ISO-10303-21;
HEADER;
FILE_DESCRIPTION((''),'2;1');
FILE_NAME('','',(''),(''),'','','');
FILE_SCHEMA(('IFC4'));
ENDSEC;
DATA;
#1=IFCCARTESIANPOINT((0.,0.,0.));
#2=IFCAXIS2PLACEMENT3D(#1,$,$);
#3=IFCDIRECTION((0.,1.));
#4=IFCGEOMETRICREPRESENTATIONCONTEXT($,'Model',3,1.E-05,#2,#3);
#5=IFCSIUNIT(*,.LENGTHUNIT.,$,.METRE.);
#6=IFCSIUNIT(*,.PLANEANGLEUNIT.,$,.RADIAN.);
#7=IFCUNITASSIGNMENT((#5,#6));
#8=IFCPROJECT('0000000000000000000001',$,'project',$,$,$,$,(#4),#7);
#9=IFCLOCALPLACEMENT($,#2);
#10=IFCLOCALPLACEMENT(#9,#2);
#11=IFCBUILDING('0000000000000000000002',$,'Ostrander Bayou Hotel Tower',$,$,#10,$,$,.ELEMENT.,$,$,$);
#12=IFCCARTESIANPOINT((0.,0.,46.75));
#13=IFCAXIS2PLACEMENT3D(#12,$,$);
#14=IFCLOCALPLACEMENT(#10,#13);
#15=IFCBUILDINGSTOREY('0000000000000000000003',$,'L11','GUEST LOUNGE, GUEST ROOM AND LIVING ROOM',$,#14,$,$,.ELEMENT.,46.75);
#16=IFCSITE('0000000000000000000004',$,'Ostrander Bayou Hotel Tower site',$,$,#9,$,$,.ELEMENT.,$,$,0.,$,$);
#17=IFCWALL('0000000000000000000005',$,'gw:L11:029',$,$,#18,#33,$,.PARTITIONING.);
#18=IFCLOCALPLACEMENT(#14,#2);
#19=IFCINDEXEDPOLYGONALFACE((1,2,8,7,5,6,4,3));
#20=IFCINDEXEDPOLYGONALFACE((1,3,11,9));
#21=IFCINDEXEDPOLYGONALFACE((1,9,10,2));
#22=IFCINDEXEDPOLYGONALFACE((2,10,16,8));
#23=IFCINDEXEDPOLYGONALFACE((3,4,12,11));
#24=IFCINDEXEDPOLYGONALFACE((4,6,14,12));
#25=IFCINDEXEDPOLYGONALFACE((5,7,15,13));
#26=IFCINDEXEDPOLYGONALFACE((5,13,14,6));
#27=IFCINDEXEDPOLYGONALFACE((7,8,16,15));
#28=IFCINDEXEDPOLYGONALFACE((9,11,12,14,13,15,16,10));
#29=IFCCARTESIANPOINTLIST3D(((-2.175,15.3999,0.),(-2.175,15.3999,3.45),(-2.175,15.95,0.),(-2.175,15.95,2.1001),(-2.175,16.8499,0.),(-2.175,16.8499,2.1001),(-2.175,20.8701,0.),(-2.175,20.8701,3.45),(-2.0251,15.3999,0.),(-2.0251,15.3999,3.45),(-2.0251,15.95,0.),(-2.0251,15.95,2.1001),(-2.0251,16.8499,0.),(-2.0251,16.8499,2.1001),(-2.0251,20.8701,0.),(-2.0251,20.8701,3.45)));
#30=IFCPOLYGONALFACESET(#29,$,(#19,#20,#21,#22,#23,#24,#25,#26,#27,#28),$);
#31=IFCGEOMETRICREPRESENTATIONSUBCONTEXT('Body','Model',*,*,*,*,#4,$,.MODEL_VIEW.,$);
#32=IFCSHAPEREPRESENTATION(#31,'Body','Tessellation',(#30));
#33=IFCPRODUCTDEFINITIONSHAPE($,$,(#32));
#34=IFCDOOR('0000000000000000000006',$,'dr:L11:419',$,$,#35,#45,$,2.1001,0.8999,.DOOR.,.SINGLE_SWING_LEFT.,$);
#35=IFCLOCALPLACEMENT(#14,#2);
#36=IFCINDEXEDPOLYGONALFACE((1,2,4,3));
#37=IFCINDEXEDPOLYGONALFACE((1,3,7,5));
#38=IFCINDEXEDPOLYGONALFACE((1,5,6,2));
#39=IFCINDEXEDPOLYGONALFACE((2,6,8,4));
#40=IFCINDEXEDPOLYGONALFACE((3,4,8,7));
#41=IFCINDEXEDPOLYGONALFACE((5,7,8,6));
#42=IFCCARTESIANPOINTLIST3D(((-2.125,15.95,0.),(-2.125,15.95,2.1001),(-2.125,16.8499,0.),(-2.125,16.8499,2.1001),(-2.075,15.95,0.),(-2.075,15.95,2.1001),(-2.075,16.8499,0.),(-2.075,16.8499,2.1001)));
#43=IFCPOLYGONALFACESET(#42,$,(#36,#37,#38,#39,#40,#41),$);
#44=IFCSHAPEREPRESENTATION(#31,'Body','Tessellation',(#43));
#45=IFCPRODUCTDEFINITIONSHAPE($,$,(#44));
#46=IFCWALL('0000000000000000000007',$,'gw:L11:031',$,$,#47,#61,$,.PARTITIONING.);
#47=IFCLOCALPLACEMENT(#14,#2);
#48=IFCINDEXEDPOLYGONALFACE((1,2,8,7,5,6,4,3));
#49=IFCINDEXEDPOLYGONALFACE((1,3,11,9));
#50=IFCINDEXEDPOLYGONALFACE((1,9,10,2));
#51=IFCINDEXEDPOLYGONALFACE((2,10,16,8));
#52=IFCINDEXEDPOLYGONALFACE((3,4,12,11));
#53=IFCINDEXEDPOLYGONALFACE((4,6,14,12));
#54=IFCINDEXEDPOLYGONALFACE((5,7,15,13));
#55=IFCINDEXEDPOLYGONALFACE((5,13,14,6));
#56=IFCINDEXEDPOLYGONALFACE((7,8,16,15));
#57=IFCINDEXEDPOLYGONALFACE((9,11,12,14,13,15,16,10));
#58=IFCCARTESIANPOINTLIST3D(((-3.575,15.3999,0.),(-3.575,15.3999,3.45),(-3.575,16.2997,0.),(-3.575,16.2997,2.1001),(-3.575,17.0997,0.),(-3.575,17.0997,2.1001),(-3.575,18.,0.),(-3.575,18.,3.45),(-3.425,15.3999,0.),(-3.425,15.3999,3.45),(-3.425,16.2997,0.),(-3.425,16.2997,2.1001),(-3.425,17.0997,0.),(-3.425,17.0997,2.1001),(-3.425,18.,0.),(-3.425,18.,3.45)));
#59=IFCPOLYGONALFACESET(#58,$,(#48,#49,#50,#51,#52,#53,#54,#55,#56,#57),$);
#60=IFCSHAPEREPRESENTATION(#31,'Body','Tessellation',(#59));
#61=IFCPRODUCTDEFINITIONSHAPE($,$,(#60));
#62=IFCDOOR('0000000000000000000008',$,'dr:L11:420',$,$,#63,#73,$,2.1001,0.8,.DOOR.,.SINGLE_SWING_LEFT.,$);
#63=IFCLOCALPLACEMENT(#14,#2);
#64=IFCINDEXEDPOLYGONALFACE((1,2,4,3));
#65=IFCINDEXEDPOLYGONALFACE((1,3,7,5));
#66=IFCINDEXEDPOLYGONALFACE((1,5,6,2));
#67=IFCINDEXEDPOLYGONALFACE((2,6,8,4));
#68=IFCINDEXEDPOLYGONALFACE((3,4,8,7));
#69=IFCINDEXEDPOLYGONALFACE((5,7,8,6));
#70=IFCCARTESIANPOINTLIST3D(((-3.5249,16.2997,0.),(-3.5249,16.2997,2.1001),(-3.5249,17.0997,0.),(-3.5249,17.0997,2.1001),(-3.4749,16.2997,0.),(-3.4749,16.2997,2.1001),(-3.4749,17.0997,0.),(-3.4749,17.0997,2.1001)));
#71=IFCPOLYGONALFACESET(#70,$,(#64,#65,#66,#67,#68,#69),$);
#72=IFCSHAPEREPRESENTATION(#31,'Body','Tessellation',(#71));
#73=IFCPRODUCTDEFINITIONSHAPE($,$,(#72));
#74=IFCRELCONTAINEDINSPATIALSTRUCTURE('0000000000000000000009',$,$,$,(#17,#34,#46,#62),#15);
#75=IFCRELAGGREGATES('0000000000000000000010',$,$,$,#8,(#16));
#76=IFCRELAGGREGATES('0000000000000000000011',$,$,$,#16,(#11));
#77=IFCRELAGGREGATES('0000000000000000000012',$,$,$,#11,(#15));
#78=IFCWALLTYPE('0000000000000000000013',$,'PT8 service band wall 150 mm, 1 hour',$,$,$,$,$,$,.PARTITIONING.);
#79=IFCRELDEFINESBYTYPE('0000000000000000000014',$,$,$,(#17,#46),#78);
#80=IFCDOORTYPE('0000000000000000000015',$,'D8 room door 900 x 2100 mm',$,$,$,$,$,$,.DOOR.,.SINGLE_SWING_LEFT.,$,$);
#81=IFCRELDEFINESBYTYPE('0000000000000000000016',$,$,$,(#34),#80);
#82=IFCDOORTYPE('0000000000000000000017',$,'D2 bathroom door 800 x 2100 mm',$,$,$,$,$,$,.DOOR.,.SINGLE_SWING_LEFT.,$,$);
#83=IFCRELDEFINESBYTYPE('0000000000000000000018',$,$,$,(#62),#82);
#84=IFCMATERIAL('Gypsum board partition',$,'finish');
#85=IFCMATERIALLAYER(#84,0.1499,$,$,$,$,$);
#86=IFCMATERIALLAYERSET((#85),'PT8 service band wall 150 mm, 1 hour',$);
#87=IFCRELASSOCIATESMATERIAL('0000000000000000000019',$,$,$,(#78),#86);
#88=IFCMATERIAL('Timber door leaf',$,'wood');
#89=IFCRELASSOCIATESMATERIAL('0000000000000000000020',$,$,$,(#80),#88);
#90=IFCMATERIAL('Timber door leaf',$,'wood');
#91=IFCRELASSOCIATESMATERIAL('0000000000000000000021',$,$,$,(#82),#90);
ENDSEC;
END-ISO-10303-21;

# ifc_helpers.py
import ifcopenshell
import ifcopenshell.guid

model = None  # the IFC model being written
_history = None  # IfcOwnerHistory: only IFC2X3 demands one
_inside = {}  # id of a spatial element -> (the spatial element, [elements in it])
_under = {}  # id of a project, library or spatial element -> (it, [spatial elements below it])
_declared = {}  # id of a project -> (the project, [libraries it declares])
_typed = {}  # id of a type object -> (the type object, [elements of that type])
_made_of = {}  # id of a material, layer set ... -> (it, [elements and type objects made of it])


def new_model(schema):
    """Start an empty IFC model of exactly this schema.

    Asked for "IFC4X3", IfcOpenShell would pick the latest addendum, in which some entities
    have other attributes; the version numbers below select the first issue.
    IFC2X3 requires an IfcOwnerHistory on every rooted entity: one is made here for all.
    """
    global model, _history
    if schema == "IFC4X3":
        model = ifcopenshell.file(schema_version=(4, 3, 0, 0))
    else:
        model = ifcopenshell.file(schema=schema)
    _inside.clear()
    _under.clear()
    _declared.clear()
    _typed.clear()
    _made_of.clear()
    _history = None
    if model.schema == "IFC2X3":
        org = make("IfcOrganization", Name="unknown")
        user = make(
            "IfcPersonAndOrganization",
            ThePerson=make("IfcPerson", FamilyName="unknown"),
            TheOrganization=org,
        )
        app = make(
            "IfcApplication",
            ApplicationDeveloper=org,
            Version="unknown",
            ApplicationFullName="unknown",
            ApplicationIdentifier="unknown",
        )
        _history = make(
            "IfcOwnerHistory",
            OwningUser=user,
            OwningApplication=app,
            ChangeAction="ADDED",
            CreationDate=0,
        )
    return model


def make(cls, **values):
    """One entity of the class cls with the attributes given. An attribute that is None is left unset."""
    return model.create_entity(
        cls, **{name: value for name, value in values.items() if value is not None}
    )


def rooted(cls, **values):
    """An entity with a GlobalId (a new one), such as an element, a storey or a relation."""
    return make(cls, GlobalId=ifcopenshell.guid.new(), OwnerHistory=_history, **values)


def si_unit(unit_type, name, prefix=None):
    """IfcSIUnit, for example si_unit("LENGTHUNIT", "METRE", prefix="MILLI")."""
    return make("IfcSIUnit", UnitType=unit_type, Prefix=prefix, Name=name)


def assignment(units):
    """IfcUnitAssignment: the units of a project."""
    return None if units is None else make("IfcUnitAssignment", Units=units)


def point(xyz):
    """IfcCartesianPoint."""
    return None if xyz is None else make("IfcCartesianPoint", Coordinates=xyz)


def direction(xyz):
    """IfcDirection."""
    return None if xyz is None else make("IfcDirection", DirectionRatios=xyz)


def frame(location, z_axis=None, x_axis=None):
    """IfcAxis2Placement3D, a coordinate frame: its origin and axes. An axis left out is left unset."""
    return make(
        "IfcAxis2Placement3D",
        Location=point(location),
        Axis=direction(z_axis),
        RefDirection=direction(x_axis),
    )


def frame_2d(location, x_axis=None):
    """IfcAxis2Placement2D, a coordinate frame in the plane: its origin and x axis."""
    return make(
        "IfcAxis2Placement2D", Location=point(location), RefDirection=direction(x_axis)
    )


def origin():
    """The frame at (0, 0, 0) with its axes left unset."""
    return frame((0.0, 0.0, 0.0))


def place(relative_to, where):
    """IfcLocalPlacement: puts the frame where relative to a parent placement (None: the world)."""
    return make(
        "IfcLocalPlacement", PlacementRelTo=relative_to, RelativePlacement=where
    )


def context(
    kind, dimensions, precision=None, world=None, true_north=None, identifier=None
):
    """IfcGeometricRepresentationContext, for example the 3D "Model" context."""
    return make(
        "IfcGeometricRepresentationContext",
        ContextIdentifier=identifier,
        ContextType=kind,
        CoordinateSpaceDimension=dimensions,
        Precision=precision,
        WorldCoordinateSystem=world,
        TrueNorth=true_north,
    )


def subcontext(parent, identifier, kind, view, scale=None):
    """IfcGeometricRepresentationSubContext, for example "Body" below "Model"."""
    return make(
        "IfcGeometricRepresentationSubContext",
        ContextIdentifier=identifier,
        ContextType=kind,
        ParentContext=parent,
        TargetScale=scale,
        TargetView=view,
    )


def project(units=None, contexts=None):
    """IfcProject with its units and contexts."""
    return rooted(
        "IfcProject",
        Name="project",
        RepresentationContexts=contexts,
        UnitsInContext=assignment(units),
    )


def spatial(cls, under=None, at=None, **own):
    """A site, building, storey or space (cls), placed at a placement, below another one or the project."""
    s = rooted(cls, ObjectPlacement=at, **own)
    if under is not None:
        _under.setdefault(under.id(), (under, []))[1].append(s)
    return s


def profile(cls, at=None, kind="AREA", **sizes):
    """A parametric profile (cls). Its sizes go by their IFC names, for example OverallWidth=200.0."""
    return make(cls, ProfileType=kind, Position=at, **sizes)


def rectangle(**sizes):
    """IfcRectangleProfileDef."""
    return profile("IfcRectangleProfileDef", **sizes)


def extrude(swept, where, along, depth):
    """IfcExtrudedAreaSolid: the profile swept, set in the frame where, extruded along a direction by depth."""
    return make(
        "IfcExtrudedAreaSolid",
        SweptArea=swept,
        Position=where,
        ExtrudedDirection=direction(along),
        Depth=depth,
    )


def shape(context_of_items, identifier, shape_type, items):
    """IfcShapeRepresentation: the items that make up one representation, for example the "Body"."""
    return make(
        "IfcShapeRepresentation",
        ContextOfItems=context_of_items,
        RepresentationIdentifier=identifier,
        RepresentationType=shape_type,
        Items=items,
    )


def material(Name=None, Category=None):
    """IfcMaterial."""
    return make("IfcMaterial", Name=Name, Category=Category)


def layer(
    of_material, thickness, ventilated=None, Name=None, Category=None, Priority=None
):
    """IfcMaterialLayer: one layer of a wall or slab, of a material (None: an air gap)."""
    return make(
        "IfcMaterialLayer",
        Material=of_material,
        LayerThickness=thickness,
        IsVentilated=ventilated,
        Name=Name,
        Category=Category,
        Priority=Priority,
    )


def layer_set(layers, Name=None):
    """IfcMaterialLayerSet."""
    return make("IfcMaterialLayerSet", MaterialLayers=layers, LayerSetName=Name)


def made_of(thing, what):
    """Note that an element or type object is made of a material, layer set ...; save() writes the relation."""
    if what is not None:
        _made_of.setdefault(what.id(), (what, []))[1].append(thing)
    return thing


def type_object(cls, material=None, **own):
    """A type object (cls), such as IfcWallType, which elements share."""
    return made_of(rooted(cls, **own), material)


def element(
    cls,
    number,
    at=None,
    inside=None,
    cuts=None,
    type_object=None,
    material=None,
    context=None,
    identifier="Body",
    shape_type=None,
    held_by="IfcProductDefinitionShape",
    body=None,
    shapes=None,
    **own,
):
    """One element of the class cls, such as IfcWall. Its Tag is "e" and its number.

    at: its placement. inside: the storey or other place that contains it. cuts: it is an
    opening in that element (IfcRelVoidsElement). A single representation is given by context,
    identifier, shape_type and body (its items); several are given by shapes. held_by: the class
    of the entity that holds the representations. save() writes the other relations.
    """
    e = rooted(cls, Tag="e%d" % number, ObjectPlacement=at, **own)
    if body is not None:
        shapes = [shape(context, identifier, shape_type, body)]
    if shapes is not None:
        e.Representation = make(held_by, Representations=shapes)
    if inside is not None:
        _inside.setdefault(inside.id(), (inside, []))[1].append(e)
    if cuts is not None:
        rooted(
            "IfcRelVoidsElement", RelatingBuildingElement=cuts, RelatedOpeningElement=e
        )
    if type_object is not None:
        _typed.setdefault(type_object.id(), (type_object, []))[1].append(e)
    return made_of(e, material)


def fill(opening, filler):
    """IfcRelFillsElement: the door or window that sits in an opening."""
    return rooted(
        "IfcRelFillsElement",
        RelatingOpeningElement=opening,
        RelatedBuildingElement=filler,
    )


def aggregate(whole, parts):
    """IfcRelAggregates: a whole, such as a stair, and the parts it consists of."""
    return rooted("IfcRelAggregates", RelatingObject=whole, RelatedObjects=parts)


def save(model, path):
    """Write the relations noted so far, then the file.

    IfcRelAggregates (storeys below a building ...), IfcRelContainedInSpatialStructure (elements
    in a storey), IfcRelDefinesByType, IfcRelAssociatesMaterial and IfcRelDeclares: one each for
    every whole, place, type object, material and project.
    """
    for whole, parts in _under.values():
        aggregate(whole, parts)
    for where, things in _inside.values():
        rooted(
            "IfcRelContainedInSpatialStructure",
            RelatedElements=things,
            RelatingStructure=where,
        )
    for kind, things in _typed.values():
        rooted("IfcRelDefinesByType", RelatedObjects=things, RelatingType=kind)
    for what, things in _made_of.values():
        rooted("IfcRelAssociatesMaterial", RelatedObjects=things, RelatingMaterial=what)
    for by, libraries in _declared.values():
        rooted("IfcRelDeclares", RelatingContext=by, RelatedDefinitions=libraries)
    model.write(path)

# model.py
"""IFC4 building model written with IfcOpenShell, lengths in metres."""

from ifc_helpers import new_model, si_unit, direction, frame, frame_2d, origin, place, context, subcontext, project, spatial, rectangle, extrude, material, layer, layer_set, type_object, element, fill, save


model = new_model("IFC4")

# Units and contexts
model_context = context("Model", 3, precision=1e-05, world=origin(), true_north=direction((0.0, 1.0)))
body_context = subcontext(model_context, "Body", "Model", "MODEL_VIEW")
ifc_project = project(units=[si_unit("LENGTHUNIT", "METRE"), si_unit("PLANEANGLEUNIT", "RADIAN")], contexts=[model_context])

# Site, building, storey
site_placement = place(None, origin())
site = spatial("IfcSite", under=ifc_project, at=site_placement, Name="Ostrander Bayou Hotel Tower site", CompositionType="ELEMENT", RefElevation=0.0)
building_placement = place(site_placement, origin())
building = spatial("IfcBuilding", under=site, at=building_placement, Name="Ostrander Bayou Hotel Tower", CompositionType="ELEMENT")
storey_placement = place(building_placement, frame((0.0, 0.0, 46.75)))
storey = spatial("IfcBuildingStorey", under=building, at=storey_placement, Name="L11", Description="GUEST LOUNGE, GUEST ROOM AND LIVING ROOM", CompositionType="ELEMENT", Elevation=46.75)

# Shared definitions
ifc_material_1 = material(Name="Gypsum board partition", Category="finish")
ifc_layer_1 = layer(ifc_material_1, 0.1499)
ifc_layer_set_1 = layer_set([ifc_layer_1], Name="PT8 service band wall 150 mm, 1 hour")
wall_type_1 = type_object("IfcWallType", Name="PT8 service band wall 150 mm, 1 hour", PredefinedType="PARTITIONING", material=ifc_layer_set_1)

# Walls, openings, doors
wall_1_placement = place(storey_placement, frame((-2.1001, 15.3999, 0.0), z_axis=(0.0, 0.0, 1.0), x_axis=(0.0, 1.0, 0.0)))
wall_1 = element("IfcWall", 1, at=wall_1_placement, inside=storey, type_object=wall_type_1, Name="gw:L11:029", PredefinedType="PARTITIONING", context=body_context, shape_type="SweptSolid", body=[
    extrude(rectangle(XDim=5.4702, YDim=0.1499, at=frame_2d((2.7351, 0.0))), origin(), (0.0, 0.0, 1.0), 3.45),
])
opening_1_placement = place(wall_1_placement, frame((0.55, 0.0, 0.0)))
opening_1 = element("IfcOpeningElement", 2, at=opening_1_placement, cuts=wall_1, PredefinedType="OPENING", context=body_context, shape_type="SweptSolid", body=[
    extrude(rectangle(XDim=0.8999, YDim=2.1001, at=frame_2d((0.45, 1.05))), frame((0.0, 0.075, 0.0), z_axis=(0.0, -1.0, 0.0), x_axis=(1.0, 0.0, 0.0)), (0.0, 0.0, 1.0), 0.1499),
])
ifc_material_2 = material(Name="Timber door leaf", Category="wood")
door_type_1 = type_object("IfcDoorType", Name="D8 room door 900 x 2100 mm", OperationType="SINGLE_SWING_LEFT", PredefinedType="DOOR", material=ifc_material_2)
door_1_placement = place(opening_1_placement, origin())
door_1 = element("IfcDoor", 3, at=door_1_placement, inside=storey, type_object=door_type_1, Name="dr:L11:419", OperationType="SINGLE_SWING_LEFT", OverallHeight=2.1001, OverallWidth=0.8999, PredefinedType="DOOR", context=body_context, shape_type="SweptSolid", body=[
    extrude(rectangle(XDim=0.8999, YDim=2.1001, at=frame_2d((0.45, 1.05))), frame((0.0, 0.0249, 0.0), z_axis=(0.0, -1.0, 0.0), x_axis=(1.0, 0.0, 0.0)), (0.0, 0.0, 1.0), 0.05),
])
fill(opening_1, door_1)
wall_2_placement = place(storey_placement, frame((-3.5, 15.3999, 0.0), z_axis=(0.0, 0.0, 1.0), x_axis=(0.0, 1.0, 0.0)))
wall_2 = element("IfcWall", 4, at=wall_2_placement, inside=storey, type_object=wall_type_1, Name="gw:L11:031", PredefinedType="PARTITIONING", context=body_context, shape_type="SweptSolid", body=[
    extrude(rectangle(XDim=2.6001, YDim=0.1499, at=frame_2d((1.3, 0.0))), origin(), (0.0, 0.0, 1.0), 3.45),
])
opening_2_placement = place(wall_2_placement, frame((0.8999, 0.0, 0.0)))
opening_2 = element("IfcOpeningElement", 5, at=opening_2_placement, cuts=wall_2, PredefinedType="OPENING", context=body_context, shape_type="SweptSolid", body=[
    extrude(rectangle(XDim=0.8, YDim=2.1001, at=frame_2d((0.3999, 1.05))), frame((0.0, 0.075, 0.0), z_axis=(0.0, -1.0, 0.0), x_axis=(1.0, 0.0, 0.0)), (0.0, 0.0, 1.0), 0.1499),
])
ifc_material_3 = material(Name="Timber door leaf", Category="wood")
door_type_2 = type_object("IfcDoorType", Name="D2 bathroom door 800 x 2100 mm", OperationType="SINGLE_SWING_LEFT", PredefinedType="DOOR", material=ifc_material_3)
door_2_placement = place(opening_2_placement, origin())
door_2 = element("IfcDoor", 6, at=door_2_placement, inside=storey, type_object=door_type_2, Name="dr:L11:420", OperationType="SINGLE_SWING_LEFT", OverallHeight=2.1001, OverallWidth=0.8, PredefinedType="DOOR", context=body_context, shape_type="SweptSolid", body=[
    extrude(rectangle(XDim=0.8, YDim=2.1001, at=frame_2d((0.3999, 1.05))), frame((0.0, 0.0249, 0.0), z_axis=(0.0, -1.0, 0.0), x_axis=(1.0, 0.0, 0.0)), (0.0, 0.0, 1.0), 0.05),
])
fill(opening_2, door_2)

save(model, "model.ifc")
